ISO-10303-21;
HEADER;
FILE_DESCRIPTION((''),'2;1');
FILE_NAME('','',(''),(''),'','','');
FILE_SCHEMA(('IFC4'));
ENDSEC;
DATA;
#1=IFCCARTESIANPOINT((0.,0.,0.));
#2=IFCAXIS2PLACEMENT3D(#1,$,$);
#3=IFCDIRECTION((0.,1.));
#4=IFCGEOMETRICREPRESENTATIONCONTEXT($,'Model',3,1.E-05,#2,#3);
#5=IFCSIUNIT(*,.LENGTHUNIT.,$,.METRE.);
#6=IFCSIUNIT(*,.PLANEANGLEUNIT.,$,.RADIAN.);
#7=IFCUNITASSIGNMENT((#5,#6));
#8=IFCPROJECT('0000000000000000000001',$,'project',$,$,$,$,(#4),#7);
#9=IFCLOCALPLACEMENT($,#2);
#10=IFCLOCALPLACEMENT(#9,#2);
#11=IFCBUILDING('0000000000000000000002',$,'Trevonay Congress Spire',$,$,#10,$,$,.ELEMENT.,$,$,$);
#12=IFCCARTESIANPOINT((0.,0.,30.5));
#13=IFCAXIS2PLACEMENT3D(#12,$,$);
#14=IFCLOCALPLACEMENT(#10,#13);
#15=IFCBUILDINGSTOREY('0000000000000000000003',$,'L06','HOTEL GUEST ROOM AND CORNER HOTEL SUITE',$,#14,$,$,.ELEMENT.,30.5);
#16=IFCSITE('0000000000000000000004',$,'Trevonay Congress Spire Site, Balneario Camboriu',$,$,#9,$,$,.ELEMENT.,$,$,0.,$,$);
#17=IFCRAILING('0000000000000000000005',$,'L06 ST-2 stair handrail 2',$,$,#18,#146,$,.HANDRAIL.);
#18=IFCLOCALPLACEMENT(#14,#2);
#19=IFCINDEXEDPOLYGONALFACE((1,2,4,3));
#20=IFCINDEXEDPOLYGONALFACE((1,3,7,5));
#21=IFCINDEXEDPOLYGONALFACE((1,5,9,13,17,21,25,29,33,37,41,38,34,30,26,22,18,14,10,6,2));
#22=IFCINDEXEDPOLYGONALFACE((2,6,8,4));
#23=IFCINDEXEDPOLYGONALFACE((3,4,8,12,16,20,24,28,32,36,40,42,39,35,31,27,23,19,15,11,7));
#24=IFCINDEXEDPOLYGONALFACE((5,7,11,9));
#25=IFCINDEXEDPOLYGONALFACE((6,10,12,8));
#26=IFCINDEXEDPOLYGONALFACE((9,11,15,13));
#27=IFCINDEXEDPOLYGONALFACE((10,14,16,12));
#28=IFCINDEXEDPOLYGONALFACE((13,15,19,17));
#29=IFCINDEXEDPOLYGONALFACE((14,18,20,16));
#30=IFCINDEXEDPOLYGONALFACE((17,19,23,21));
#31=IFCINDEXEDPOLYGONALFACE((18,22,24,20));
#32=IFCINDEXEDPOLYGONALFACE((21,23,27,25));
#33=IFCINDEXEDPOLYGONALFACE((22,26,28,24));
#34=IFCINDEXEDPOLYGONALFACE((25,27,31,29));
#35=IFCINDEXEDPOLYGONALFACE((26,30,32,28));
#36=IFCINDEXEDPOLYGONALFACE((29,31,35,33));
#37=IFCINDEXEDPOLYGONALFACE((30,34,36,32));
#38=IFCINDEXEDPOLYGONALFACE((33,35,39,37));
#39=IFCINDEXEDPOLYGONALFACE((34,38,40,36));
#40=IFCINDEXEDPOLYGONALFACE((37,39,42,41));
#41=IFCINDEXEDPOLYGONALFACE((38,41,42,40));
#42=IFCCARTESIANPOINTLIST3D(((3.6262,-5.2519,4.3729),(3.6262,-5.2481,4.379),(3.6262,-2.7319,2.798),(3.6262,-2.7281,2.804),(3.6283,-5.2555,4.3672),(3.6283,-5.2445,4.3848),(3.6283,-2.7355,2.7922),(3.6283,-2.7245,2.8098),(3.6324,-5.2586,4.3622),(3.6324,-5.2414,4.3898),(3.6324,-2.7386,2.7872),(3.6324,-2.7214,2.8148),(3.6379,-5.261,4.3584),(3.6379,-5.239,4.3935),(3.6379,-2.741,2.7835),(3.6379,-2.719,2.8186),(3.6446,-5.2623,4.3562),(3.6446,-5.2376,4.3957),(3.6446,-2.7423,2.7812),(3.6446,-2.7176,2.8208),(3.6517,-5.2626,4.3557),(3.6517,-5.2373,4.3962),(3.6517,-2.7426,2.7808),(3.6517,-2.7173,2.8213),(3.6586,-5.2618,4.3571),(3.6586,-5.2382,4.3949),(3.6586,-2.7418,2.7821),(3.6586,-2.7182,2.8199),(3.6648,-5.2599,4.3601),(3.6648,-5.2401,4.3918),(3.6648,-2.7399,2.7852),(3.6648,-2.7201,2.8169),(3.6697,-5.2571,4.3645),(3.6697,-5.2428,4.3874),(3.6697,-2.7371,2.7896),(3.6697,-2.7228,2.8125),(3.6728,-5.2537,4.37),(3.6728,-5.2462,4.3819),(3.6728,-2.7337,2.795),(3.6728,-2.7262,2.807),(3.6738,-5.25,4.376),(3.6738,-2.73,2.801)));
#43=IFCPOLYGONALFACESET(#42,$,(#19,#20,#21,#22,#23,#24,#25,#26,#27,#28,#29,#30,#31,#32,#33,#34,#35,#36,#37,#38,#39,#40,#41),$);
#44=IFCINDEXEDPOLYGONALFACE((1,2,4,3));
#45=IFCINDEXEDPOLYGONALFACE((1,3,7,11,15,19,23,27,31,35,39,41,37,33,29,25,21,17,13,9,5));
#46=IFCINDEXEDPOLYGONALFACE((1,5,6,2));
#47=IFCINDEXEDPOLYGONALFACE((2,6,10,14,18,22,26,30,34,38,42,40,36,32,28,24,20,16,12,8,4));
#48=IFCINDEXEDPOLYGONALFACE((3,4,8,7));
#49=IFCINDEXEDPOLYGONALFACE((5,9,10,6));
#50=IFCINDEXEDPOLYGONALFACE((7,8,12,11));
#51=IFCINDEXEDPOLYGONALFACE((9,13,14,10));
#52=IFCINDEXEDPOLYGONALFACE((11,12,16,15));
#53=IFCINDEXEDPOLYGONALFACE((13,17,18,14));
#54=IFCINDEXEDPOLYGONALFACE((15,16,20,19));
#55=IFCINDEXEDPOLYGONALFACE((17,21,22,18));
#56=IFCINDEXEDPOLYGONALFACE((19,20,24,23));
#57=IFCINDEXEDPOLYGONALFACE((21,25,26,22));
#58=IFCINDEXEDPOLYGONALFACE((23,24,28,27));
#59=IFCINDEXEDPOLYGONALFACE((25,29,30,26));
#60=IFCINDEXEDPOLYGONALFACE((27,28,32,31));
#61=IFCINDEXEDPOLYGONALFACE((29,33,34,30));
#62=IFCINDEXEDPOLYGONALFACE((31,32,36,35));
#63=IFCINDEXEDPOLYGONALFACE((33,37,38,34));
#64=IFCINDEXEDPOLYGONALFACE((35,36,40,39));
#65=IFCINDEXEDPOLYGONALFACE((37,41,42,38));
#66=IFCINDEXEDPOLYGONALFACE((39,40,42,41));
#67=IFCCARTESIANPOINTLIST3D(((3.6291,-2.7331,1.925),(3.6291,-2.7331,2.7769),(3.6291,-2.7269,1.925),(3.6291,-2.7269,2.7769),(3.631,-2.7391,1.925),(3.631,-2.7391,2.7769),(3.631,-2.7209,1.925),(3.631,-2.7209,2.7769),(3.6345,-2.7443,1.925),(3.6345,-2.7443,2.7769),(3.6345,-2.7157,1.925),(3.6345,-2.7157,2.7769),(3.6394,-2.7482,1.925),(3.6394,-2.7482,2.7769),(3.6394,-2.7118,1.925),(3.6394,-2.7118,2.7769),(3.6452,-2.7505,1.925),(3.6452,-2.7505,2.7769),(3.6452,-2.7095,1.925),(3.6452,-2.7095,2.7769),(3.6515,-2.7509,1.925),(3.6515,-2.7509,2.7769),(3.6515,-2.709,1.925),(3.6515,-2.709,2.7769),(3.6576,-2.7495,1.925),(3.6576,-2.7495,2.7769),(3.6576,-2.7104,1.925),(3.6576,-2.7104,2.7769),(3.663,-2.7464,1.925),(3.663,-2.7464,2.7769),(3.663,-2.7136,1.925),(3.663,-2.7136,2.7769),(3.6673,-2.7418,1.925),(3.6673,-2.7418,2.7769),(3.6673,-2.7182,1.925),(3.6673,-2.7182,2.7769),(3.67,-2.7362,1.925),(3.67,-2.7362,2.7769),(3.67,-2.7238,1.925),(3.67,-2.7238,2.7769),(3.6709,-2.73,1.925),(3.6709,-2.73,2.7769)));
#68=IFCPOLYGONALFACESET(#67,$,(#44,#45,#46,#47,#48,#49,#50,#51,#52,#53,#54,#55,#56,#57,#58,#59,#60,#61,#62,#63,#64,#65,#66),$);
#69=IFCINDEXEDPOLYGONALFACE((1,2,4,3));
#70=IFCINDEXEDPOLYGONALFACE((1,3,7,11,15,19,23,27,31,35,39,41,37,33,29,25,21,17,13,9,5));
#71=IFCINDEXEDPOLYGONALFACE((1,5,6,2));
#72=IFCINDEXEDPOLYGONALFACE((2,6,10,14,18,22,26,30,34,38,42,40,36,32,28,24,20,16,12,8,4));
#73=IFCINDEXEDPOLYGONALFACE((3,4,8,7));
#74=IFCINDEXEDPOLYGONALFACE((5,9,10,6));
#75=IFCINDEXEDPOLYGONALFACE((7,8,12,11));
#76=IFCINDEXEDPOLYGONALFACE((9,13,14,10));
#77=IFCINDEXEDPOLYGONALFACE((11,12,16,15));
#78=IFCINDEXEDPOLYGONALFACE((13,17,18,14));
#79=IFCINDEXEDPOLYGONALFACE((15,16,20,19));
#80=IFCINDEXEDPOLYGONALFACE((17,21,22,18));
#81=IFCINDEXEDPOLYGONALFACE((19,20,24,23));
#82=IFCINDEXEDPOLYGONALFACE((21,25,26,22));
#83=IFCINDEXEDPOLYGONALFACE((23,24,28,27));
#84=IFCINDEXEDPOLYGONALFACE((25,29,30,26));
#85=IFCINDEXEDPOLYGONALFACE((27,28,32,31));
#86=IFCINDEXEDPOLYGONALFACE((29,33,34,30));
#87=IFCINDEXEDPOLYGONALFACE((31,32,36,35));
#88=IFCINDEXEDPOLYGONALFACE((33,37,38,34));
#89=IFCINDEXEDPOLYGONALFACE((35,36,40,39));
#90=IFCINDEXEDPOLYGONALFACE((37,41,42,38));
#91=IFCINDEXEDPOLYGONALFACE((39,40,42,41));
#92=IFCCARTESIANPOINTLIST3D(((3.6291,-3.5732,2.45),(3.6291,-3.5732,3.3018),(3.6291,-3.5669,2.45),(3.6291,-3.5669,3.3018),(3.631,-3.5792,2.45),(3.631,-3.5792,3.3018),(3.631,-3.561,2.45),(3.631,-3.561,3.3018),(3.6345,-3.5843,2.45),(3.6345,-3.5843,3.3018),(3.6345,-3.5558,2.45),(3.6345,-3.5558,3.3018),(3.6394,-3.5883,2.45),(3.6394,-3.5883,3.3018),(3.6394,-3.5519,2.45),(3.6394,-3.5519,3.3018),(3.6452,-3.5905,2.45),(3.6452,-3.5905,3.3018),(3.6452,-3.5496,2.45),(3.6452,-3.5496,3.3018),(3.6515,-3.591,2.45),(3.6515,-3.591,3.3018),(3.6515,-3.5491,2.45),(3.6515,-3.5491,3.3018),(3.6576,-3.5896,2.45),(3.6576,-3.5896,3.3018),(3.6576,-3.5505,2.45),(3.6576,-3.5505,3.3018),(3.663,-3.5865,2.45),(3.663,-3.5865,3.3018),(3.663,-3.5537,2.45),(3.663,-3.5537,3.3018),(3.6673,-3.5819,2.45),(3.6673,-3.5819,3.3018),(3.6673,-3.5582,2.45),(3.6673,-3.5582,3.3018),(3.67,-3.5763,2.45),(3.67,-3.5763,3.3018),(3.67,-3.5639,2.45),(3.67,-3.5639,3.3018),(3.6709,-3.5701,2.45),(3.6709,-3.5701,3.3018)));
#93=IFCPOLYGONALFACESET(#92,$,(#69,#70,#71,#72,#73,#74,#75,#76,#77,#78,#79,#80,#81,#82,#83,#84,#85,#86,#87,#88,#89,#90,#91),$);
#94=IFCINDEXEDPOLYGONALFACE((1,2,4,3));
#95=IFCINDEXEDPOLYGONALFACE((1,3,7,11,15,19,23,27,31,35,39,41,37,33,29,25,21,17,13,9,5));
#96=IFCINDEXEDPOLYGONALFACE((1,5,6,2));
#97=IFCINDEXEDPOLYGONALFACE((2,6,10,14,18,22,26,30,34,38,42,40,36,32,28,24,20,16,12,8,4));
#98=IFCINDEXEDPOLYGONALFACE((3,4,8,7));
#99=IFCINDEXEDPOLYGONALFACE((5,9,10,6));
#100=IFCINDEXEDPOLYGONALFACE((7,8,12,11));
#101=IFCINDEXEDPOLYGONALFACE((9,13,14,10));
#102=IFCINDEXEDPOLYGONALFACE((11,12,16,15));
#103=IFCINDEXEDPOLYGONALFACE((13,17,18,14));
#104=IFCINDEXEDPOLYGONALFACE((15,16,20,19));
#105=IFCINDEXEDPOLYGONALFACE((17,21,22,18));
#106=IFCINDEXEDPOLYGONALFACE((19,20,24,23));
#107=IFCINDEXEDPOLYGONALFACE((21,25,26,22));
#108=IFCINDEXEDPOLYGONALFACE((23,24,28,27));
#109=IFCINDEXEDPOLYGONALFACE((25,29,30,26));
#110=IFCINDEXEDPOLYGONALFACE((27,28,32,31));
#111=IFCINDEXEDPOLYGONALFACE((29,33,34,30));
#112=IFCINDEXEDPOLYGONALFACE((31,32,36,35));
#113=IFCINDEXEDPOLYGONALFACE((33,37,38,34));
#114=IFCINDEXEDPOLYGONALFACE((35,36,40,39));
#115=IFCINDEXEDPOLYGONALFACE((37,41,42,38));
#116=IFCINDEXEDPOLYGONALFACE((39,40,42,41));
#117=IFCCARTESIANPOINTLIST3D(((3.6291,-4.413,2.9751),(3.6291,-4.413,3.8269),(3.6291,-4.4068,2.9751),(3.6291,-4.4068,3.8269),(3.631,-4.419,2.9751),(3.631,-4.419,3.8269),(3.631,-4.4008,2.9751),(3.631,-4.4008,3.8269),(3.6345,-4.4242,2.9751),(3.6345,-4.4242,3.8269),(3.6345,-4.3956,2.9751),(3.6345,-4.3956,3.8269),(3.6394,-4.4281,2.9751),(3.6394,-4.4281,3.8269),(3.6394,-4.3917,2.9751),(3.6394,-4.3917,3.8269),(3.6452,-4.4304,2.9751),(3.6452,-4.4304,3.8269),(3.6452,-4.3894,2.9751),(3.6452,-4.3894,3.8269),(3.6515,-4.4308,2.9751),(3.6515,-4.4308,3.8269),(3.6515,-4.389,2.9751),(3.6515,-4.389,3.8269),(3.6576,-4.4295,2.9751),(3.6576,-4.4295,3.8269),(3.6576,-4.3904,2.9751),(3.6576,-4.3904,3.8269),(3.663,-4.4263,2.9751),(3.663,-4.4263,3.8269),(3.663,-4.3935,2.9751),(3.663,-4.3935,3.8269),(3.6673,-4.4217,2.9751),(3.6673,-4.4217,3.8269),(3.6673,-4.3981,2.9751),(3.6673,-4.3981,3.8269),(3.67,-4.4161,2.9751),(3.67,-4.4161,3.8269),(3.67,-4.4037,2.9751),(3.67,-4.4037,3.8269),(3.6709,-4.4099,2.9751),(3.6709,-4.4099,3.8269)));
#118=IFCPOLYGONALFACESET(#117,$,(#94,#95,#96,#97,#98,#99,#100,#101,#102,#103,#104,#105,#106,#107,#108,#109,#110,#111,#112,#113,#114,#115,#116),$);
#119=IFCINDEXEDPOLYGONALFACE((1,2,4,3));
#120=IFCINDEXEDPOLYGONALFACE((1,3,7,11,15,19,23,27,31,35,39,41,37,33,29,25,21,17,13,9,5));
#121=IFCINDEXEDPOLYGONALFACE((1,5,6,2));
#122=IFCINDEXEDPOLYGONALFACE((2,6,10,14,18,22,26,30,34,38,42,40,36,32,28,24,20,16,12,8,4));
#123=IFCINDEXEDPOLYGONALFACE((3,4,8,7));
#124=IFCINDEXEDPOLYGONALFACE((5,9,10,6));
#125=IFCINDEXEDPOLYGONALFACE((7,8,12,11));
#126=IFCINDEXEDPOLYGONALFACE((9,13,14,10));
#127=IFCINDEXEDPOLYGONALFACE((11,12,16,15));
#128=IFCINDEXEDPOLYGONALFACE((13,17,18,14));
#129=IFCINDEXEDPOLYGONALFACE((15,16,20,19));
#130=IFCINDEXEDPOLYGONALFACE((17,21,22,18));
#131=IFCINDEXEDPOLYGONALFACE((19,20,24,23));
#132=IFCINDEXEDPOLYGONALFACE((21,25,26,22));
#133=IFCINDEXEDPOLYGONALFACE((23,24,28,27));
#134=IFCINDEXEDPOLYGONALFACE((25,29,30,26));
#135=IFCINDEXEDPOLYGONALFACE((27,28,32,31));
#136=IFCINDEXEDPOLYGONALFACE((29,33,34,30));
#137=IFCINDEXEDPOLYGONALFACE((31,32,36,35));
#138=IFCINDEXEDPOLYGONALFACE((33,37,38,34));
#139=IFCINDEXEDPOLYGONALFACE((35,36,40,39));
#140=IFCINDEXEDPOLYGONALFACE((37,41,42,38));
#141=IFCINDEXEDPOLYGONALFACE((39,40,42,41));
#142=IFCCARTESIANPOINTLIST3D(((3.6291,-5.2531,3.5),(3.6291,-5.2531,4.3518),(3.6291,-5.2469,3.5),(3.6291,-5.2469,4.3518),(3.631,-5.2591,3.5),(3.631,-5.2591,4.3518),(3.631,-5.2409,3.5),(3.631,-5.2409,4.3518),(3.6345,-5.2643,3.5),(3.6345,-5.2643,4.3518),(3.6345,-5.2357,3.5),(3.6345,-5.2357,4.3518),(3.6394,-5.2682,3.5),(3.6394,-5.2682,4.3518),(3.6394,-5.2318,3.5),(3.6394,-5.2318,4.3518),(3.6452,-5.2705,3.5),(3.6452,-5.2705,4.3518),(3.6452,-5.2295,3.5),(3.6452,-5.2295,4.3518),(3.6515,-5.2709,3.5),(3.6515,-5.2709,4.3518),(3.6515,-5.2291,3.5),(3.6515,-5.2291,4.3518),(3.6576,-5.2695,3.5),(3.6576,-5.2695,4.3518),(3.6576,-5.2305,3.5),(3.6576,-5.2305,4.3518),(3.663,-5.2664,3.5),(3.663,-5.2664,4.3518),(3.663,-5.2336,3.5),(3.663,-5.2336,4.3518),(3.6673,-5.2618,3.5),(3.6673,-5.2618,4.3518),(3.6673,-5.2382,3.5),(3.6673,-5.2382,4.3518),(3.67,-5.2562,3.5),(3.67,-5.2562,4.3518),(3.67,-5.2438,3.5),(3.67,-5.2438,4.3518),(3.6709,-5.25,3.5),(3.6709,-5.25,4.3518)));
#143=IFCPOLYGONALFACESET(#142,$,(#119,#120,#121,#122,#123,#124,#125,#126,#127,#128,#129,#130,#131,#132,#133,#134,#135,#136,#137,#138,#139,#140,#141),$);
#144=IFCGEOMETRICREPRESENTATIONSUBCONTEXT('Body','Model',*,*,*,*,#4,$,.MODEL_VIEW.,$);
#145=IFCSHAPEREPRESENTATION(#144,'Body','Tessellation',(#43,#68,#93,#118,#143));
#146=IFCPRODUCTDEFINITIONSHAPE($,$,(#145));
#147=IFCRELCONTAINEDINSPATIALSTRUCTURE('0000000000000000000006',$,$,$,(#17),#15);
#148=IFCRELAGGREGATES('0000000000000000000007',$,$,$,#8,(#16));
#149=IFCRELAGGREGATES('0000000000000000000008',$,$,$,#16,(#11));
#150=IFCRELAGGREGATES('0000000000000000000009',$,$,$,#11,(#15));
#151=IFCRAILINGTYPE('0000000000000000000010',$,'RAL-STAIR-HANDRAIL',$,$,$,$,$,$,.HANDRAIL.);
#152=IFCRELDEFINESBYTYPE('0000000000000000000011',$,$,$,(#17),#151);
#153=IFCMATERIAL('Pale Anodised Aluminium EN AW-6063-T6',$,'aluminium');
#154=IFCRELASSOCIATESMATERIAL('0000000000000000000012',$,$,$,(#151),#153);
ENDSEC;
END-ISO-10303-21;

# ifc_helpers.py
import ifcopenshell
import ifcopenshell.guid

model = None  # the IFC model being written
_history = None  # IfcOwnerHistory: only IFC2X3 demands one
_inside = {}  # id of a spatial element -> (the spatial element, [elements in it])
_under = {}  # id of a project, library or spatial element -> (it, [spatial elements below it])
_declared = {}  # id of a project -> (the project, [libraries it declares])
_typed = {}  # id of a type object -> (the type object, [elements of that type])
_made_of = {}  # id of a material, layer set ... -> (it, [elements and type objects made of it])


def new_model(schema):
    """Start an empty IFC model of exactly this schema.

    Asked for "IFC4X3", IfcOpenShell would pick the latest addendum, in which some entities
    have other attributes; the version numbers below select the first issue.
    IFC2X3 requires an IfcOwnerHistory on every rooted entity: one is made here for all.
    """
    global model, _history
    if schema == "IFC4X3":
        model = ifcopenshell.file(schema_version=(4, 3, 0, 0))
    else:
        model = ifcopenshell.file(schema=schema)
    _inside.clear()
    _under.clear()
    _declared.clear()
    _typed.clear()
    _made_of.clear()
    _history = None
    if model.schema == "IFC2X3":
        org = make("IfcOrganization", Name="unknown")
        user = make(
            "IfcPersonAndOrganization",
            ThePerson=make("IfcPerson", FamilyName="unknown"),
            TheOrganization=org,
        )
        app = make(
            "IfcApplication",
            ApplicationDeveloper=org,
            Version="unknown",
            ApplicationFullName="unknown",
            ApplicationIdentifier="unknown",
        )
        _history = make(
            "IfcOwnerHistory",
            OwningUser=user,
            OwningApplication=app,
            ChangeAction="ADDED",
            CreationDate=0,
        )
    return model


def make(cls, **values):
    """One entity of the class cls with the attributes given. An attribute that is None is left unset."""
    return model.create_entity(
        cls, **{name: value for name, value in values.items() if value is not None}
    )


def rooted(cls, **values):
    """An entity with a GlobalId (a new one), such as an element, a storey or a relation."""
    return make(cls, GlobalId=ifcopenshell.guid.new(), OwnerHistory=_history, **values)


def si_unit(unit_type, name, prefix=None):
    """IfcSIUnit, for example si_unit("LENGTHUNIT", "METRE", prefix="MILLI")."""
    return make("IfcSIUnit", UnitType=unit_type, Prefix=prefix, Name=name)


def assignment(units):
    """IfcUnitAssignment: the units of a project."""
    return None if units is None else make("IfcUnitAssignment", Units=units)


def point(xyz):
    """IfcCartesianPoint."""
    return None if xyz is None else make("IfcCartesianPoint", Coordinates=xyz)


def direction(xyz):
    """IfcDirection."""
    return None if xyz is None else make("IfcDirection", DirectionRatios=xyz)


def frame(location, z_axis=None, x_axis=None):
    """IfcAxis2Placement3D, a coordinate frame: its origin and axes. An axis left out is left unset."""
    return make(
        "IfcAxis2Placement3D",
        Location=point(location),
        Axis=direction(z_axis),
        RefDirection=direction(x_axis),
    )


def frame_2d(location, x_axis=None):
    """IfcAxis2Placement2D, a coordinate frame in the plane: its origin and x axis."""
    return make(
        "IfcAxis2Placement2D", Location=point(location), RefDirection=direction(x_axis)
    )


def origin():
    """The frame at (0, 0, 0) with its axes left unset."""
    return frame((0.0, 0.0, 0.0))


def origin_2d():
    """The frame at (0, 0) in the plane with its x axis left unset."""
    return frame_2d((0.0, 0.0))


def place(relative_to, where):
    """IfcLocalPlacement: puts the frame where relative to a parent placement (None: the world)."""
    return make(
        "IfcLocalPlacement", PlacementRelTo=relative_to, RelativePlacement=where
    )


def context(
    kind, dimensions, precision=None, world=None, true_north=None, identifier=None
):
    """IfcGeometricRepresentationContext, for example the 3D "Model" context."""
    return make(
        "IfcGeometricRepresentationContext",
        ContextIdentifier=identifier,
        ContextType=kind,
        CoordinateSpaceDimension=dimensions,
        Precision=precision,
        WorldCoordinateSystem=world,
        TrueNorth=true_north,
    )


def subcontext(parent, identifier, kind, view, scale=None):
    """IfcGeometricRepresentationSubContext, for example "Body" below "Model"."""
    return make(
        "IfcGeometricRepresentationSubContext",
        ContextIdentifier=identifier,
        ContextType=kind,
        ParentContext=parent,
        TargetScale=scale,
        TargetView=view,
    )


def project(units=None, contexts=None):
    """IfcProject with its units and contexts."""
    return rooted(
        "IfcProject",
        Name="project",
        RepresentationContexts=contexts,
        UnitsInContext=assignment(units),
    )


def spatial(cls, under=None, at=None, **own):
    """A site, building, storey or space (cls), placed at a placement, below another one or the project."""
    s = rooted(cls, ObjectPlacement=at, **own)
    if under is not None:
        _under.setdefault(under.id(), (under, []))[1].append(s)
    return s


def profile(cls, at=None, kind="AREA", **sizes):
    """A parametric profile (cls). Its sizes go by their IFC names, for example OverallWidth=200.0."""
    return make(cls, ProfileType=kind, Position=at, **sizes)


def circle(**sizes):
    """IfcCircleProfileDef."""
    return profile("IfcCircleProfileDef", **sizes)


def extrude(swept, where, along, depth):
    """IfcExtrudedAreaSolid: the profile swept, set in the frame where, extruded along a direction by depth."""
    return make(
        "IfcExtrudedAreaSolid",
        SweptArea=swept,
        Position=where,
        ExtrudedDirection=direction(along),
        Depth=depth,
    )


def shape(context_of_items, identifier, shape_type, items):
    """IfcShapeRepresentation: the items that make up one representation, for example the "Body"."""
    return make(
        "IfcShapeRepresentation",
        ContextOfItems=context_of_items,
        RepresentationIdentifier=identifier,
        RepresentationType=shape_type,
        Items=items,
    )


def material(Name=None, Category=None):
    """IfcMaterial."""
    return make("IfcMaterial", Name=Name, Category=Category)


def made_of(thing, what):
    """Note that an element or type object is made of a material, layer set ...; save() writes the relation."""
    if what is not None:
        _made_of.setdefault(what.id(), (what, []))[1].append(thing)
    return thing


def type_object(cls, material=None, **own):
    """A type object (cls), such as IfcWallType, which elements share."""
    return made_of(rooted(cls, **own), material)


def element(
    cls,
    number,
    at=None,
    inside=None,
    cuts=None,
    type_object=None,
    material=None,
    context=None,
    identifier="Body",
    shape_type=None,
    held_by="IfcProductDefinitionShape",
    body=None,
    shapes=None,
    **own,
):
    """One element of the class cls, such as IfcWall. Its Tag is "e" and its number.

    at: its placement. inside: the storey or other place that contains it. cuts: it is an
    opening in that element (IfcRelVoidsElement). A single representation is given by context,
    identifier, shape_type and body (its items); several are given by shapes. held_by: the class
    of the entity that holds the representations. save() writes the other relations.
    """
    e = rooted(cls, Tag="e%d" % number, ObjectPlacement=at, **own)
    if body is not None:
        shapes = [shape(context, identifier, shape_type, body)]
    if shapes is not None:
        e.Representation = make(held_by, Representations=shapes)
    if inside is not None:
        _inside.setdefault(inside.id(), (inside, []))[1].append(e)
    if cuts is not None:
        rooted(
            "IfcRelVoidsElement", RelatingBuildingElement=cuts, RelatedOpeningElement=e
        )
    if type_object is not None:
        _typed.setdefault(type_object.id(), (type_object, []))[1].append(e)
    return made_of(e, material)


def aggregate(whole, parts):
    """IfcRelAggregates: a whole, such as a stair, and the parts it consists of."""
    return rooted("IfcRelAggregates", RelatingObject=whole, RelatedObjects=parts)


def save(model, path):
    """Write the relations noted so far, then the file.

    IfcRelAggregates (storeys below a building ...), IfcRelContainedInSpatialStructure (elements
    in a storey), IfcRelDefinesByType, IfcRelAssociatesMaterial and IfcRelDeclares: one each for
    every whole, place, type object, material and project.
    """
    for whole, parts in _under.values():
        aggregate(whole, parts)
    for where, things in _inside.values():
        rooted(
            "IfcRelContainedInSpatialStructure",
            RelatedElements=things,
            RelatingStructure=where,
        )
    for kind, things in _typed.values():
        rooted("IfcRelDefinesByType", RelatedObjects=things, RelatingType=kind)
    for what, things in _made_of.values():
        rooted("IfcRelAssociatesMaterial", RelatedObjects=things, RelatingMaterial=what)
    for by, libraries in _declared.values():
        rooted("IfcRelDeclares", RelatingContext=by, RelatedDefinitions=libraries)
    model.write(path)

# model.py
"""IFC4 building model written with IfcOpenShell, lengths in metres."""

from ifc_helpers import new_model, si_unit, direction, frame, origin, origin_2d, place, context, subcontext, project, spatial, circle, extrude, material, type_object, element, save


model = new_model("IFC4")

# Units and contexts
model_context = context("Model", 3, precision=1e-05, world=origin(), true_north=direction((0.0, 1.0)))
body_context = subcontext(model_context, "Body", "Model", "MODEL_VIEW")
ifc_project = project(units=[si_unit("LENGTHUNIT", "METRE"), si_unit("PLANEANGLEUNIT", "RADIAN")], contexts=[model_context])

# Site, building, storey
site_placement = place(None, origin())
site = spatial("IfcSite", under=ifc_project, at=site_placement, Name="Trevonay Congress Spire Site, Balneario Camboriu", CompositionType="ELEMENT", RefElevation=0.0)
building_placement = place(site_placement, origin())
building = spatial("IfcBuilding", under=site, at=building_placement, Name="Trevonay Congress Spire", CompositionType="ELEMENT")
storey_placement = place(building_placement, frame((0.0, 0.0, 30.5)))
storey = spatial("IfcBuildingStorey", under=building, at=storey_placement, Name="L06", Description="HOTEL GUEST ROOM AND CORNER HOTEL SUITE", CompositionType="ELEMENT", Elevation=30.5)

# Shared definitions
ifc_material_1 = material(Name="Pale Anodised Aluminium EN AW-6063-T6", Category="aluminium")

# Railing
railing_type_1 = type_object("IfcRailingType", Name="RAL-STAIR-HANDRAIL", PredefinedType="HANDRAIL", material=ifc_material_1)
railing_1_placement = place(storey_placement, frame((3.6499, -2.73, 1.925)))
element("IfcRailing", 1, at=railing_1_placement, inside=storey, type_object=railing_type_1, Name="L06 ST-2 stair handrail 2", PredefinedType="HANDRAIL", context=body_context, shape_type="SweptSolid", body=[
    extrude(circle(Radius=0.0239, at=origin_2d()), frame((0.0, 0.0, 0.876), z_axis=(0.0, -0.848008, 0.529984), x_axis=(1.0, 0.0, 0.0)), (0.0, 0.0, 1.0), 2.9717),
    extrude(circle(Radius=0.021, at=origin_2d()), origin(), (0.0, 0.0, 1.0), 0.8518),
    extrude(circle(Radius=0.021, at=origin_2d()), frame((0.0, -0.8401, 0.5249)), (0.0, 0.0, 1.0), 0.8518),
    extrude(circle(Radius=0.021, at=origin_2d()), frame((0.0, -1.6799, 1.05)), (0.0, 0.0, 1.0), 0.8518),
    extrude(circle(Radius=0.021, at=origin_2d()), frame((0.0, -2.52, 1.575)), (0.0, 0.0, 1.0), 0.8518),
])

save(model, "model.ifc")
